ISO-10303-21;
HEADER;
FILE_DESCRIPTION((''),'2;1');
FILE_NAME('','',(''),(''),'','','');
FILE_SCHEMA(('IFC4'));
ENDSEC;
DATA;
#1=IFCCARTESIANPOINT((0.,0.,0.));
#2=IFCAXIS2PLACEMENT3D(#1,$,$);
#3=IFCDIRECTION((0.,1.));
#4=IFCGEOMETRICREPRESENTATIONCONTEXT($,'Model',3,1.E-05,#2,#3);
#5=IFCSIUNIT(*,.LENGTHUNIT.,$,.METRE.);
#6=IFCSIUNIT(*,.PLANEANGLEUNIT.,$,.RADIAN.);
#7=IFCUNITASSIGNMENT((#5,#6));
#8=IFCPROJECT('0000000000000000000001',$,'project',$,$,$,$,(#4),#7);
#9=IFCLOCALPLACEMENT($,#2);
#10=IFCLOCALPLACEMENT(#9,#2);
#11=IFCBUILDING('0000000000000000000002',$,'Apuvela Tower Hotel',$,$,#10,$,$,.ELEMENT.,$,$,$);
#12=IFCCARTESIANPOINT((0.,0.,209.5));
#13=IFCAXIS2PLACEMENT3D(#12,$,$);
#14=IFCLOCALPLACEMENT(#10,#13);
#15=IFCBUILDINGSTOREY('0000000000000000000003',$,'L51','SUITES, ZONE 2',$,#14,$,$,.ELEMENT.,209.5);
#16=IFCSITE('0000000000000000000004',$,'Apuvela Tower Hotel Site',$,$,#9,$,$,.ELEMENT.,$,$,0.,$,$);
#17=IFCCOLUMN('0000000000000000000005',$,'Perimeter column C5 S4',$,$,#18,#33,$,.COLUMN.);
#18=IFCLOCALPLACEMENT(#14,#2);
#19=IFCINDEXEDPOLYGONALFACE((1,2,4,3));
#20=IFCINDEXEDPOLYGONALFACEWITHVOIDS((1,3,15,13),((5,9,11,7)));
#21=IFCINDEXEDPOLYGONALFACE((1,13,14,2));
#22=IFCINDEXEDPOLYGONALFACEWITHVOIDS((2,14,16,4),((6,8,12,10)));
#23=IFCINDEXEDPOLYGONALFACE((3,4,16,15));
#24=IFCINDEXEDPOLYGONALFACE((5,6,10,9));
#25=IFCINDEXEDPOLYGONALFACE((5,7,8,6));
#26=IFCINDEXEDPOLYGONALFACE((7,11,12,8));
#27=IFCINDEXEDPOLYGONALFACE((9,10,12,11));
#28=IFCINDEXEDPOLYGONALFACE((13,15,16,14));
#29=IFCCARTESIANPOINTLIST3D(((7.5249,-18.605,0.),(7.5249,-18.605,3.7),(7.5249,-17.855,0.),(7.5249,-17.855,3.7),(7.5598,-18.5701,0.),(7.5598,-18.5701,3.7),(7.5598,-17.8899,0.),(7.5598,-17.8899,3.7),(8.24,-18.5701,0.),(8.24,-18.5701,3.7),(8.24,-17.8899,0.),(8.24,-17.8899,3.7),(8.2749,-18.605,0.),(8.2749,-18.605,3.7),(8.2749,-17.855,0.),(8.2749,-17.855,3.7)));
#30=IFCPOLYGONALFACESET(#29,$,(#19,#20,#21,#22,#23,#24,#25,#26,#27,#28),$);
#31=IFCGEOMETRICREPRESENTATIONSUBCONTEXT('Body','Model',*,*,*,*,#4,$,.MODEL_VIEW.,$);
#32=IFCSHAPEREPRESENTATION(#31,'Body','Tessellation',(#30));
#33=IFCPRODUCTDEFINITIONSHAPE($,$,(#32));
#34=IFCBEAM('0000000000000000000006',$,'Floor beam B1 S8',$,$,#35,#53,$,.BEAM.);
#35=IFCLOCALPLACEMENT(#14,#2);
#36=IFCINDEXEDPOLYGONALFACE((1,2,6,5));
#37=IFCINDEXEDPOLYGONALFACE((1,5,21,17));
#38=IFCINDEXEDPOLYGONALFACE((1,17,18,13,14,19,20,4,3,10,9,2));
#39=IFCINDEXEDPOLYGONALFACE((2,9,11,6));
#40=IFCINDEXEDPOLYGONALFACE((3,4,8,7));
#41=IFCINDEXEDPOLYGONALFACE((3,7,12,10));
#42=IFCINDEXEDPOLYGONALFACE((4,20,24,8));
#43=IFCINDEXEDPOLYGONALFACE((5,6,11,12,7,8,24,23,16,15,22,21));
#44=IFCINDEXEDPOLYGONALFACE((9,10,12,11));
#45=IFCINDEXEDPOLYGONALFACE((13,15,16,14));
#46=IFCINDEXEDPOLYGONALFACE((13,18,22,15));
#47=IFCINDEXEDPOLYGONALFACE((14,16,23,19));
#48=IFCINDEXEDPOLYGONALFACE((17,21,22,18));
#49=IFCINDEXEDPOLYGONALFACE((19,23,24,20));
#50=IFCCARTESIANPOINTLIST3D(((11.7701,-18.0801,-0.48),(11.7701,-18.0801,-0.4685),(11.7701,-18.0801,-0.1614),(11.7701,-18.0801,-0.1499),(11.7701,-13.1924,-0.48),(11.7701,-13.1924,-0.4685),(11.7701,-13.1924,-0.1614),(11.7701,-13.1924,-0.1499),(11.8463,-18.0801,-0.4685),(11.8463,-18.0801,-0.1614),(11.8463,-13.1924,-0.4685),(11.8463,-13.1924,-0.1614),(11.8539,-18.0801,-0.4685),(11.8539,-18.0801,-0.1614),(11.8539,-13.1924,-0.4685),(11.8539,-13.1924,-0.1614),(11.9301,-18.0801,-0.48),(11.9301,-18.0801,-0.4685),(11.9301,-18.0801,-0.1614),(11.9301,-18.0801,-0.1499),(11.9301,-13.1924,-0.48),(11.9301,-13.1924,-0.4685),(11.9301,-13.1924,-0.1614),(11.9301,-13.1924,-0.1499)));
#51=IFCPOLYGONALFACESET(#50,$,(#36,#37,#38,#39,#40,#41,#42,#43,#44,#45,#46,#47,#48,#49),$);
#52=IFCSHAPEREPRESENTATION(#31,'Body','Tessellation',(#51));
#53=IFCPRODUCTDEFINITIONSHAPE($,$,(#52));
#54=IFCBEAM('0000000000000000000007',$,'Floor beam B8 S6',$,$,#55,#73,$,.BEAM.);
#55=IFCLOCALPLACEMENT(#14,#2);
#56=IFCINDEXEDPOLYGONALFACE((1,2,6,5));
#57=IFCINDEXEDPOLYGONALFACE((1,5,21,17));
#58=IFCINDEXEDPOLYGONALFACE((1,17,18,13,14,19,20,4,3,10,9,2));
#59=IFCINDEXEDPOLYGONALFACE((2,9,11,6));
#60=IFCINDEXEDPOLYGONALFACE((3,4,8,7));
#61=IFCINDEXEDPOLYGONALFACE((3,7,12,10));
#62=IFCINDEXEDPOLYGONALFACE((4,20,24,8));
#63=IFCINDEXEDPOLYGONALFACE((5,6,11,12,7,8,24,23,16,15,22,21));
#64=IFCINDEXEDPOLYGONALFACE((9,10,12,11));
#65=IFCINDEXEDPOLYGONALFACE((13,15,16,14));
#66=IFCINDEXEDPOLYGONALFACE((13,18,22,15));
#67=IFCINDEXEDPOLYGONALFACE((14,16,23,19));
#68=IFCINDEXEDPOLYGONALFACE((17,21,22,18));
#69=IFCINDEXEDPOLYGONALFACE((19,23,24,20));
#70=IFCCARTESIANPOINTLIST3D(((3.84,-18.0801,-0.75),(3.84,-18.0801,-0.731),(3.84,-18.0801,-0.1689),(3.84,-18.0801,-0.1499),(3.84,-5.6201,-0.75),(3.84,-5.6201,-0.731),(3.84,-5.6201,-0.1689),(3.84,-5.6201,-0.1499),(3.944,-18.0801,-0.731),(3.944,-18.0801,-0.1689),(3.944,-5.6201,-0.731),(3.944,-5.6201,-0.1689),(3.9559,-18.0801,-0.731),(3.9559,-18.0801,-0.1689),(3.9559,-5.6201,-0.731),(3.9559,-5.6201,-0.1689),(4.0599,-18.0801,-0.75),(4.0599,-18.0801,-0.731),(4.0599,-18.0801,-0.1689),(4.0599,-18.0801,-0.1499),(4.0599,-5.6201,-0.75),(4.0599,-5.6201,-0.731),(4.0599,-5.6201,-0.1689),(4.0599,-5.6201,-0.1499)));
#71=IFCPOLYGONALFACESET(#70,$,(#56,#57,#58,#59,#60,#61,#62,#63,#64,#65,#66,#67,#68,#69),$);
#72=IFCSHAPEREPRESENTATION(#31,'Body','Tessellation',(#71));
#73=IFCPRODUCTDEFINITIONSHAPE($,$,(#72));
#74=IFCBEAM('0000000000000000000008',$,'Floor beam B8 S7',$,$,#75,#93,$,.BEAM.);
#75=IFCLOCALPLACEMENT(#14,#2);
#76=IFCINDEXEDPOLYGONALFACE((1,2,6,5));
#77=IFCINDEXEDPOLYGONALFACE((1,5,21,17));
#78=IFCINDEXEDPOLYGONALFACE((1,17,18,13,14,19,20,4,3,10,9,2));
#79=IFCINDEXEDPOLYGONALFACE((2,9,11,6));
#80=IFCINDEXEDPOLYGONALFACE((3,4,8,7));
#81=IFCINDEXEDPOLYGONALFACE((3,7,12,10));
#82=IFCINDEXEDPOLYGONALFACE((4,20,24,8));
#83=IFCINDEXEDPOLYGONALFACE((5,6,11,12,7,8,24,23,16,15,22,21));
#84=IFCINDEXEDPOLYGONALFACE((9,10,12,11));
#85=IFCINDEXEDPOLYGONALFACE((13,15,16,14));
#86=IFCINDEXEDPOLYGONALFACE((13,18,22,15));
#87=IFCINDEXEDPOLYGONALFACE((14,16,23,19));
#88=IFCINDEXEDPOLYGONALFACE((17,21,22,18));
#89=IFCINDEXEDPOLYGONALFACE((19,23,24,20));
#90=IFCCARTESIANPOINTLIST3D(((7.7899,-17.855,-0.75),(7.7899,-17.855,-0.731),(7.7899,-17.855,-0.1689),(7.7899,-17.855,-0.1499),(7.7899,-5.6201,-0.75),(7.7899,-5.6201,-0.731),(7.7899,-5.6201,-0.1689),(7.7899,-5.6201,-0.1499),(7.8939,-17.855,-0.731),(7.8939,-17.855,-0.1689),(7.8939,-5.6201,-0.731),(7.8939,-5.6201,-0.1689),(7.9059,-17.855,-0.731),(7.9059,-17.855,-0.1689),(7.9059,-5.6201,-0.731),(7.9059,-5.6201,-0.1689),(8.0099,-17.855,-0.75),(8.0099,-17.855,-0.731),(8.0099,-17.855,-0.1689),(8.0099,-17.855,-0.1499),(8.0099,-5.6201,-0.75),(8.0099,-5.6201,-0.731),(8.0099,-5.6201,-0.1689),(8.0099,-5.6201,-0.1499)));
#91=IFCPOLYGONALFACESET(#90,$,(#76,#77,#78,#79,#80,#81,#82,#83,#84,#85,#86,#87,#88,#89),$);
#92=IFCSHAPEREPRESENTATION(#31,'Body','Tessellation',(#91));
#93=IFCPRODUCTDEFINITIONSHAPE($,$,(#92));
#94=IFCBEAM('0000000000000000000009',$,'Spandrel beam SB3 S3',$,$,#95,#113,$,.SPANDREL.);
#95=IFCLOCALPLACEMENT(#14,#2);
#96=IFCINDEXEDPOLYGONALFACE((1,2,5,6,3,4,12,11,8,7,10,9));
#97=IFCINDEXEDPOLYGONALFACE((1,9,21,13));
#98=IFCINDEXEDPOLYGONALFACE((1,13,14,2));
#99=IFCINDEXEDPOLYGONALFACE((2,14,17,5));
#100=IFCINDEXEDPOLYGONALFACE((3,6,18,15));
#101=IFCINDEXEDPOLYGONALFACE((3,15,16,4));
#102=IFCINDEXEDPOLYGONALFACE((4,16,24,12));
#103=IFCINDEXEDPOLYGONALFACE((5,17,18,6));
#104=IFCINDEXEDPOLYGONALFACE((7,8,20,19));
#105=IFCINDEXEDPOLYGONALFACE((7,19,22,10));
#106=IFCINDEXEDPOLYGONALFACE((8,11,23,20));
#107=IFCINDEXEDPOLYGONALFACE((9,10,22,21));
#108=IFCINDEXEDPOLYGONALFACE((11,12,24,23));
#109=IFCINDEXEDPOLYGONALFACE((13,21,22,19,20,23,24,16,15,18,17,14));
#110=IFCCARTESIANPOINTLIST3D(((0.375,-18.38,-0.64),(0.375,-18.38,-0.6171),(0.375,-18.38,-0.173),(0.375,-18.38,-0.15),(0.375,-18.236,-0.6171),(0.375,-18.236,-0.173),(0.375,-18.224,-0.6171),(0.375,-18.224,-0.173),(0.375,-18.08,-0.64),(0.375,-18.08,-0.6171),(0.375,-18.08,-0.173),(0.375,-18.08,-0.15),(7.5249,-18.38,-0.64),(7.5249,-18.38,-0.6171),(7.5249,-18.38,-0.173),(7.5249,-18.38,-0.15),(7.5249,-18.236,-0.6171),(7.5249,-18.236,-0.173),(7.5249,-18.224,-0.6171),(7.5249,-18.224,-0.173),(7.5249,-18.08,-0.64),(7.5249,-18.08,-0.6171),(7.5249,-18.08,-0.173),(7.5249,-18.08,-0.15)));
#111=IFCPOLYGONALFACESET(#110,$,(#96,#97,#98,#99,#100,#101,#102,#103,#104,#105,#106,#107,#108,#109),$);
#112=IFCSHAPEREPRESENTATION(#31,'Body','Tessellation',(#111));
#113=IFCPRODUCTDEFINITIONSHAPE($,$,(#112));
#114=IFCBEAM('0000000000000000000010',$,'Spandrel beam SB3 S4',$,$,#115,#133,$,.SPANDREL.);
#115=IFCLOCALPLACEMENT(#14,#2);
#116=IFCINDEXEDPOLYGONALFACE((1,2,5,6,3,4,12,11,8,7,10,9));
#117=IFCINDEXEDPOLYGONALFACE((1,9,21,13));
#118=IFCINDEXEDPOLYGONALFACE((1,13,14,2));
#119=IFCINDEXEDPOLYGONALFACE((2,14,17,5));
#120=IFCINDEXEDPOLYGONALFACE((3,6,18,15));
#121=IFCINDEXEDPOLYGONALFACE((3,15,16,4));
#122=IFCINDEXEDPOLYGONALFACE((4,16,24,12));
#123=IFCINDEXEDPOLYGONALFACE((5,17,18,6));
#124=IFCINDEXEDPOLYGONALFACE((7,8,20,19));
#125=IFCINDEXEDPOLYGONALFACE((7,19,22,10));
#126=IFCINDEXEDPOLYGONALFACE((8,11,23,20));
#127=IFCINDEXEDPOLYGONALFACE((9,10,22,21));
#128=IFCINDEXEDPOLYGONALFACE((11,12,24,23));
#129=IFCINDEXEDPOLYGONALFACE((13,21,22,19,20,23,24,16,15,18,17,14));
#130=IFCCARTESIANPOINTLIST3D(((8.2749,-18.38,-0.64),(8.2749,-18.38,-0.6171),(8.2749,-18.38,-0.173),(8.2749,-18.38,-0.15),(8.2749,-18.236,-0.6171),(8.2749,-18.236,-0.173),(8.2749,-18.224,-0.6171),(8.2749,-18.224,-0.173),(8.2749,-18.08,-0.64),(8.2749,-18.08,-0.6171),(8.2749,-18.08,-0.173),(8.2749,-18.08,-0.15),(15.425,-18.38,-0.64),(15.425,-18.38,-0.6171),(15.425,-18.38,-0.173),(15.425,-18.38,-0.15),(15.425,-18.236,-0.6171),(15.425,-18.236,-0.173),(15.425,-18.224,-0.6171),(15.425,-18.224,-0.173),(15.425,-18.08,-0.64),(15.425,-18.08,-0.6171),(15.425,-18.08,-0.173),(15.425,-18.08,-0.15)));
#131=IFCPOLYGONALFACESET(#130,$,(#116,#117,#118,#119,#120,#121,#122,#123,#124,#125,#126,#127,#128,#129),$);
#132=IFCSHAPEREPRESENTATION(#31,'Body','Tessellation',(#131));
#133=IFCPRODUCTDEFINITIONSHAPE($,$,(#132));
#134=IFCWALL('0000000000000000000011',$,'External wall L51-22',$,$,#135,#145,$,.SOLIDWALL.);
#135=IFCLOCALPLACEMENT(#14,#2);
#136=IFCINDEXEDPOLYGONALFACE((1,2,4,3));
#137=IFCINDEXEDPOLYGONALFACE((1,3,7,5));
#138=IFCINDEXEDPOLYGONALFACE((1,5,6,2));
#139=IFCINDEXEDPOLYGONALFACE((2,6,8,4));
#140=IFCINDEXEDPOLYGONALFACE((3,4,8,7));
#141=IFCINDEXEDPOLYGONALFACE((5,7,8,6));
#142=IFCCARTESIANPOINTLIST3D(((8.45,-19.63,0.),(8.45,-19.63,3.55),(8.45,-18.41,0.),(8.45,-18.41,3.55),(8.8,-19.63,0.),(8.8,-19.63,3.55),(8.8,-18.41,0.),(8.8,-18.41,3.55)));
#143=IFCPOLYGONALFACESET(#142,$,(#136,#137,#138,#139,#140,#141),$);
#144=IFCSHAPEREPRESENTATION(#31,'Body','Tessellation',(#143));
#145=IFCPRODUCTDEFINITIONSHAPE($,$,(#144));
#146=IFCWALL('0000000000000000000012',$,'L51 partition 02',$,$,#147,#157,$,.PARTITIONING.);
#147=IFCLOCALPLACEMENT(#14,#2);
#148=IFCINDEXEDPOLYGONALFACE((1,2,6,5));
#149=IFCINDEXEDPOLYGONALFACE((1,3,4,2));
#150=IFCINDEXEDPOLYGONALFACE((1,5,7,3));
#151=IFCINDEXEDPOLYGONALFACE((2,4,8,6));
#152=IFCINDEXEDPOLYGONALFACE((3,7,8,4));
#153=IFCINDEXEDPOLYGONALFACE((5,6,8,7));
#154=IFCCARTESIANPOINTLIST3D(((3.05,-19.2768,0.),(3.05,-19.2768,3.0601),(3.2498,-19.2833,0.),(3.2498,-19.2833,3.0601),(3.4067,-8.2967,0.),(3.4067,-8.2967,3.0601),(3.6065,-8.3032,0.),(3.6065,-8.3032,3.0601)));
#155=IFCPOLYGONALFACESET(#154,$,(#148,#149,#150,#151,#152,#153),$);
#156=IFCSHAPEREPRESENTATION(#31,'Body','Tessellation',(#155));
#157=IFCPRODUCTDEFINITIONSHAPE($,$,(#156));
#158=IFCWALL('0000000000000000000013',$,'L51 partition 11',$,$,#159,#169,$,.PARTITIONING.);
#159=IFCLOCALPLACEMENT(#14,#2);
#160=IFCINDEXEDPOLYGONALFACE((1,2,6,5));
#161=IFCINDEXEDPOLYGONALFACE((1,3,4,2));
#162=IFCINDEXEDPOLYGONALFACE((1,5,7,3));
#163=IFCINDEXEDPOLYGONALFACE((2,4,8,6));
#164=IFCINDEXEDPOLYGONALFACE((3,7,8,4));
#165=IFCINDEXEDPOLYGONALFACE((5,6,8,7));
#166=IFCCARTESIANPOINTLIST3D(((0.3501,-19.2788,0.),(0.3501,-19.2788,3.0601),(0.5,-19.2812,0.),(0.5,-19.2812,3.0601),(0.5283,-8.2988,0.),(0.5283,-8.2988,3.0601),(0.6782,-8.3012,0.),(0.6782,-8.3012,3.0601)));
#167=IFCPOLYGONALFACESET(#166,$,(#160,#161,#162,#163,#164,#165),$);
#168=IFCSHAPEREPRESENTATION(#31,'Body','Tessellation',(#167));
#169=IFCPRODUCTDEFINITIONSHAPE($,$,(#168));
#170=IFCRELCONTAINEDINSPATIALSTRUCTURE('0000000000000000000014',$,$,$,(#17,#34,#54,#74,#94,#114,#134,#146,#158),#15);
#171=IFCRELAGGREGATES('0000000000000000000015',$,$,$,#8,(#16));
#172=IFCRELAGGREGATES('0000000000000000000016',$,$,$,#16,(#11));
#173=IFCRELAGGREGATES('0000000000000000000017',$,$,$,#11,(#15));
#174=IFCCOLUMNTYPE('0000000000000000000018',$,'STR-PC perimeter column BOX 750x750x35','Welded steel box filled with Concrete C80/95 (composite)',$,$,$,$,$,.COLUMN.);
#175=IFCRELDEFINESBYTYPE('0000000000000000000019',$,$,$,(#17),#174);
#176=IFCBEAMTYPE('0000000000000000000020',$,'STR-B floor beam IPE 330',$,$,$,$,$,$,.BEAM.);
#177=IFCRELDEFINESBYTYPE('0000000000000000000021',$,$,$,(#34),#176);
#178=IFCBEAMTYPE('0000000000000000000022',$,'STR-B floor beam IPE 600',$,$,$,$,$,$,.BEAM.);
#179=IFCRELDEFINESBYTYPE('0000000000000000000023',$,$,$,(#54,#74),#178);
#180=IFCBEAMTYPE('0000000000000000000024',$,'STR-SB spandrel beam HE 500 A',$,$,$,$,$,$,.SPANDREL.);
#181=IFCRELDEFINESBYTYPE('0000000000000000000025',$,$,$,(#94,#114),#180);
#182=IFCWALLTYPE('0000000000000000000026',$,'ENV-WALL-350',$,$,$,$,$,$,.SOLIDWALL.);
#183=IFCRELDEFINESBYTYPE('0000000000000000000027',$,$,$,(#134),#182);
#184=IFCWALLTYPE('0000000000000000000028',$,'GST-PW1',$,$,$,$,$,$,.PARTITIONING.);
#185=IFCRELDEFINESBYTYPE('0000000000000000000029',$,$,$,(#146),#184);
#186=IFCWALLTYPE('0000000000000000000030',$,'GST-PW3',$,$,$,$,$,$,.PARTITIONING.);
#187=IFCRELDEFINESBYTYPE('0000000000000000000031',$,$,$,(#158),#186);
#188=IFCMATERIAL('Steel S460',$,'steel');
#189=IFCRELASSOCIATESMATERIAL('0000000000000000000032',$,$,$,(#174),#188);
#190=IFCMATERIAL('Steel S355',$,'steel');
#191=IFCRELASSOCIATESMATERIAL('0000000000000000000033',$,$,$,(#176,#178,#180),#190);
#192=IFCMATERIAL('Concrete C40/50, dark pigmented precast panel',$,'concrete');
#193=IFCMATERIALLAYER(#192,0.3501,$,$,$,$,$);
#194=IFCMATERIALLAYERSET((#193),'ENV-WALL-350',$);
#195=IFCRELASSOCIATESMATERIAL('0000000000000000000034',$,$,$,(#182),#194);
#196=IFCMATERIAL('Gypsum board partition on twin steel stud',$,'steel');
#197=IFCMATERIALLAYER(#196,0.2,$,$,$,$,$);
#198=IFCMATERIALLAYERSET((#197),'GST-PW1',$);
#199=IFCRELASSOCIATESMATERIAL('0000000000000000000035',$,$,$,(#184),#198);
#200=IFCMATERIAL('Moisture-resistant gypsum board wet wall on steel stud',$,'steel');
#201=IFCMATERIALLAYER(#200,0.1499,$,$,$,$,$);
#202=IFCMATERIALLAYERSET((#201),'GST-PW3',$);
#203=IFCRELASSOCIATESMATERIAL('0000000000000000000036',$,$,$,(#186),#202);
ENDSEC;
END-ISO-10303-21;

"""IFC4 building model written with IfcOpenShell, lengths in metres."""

from ifc_helpers import new_model, si_unit, direction, frame, frame_2d, origin, origin_2d, place, context, subcontext, project, spatial, rectangle, hollow_rectangle, i_section, extrude, material, layer, layer_set, material_profile, profile_set, type_object, element, save


model = new_model("IFC4")

# Units and contexts
model_context = context("Model", 3, precision=1e-05, world=origin(), true_north=direction((0.0, 1.0)))
body_context = subcontext(model_context, "Body", "Model", "MODEL_VIEW")
ifc_project = project(units=[si_unit("LENGTHUNIT", "METRE"), si_unit("PLANEANGLEUNIT", "RADIAN")], contexts=[model_context])

# Site, building, storey
site_placement = place(None, origin())
site = spatial("IfcSite", under=ifc_project, at=site_placement, Name="Apuvela Tower Hotel Site", CompositionType="ELEMENT", RefElevation=0.0)
building_placement = place(site_placement, origin())
building = spatial("IfcBuilding", under=site, at=building_placement, Name="Apuvela Tower Hotel", CompositionType="ELEMENT")
storey_placement = place(building_placement, frame((0.0, 0.0, 209.5)))
storey = spatial("IfcBuildingStorey", under=building, at=storey_placement, Name="L51", Description="SUITES, ZONE 2", CompositionType="ELEMENT", Elevation=209.5)

# Column
ifc_material_1 = material(Name="Steel S460", Category="steel")
ifc_material_profile_1 = material_profile(ifc_material_1, hollow_rectangle(XDim=0.75, YDim=0.75, WallThickness=0.0349, at=origin_2d()), Name="BOX 750x750x35")
ifc_material_2 = material(Name="Concrete C80/95", Category="concrete")
ifc_material_profile_2 = material_profile(ifc_material_2, rectangle(XDim=0.6799, YDim=0.6799, at=origin_2d()), Name="Concrete C80/95 infill")
ifc_profile_set_1 = profile_set([ifc_material_profile_1, ifc_material_profile_2], Name="Steel S460")
column_type = type_object("IfcColumnType", Name="STR-PC perimeter column BOX 750x750x35", Description="Welded steel box filled with Concrete C80/95 (composite)", PredefinedType="COLUMN", material=ifc_profile_set_1)
column_placement = place(storey_placement, frame((7.8999, -18.23, 0.0), z_axis=(0.0, 0.0, 1.0), x_axis=(-1.0, 0.0, 0.0)))
element("IfcColumn", 1, at=column_placement, inside=storey, type_object=column_type, Name="Perimeter column C5 S4", PredefinedType="COLUMN", context=body_context, shape_type="SweptSolid", body=[
    extrude(hollow_rectangle(XDim=0.75, YDim=0.75, WallThickness=0.0349, at=origin_2d()), origin(), (0.0, 0.0, 1.0), 3.7),
])

# Beams
ifc_material_3 = material(Name="Steel S355", Category="steel")
ifc_material_profile_3 = material_profile(ifc_material_3, i_section(OverallWidth=0.1599, OverallDepth=0.3301, WebThickness=0.0076, FlangeThickness=0.0115, at=origin_2d()), Name="IPE 330")
ifc_profile_set_2 = profile_set([ifc_material_profile_3], Name="Steel S355")
beam_type_1 = type_object("IfcBeamType", Name="STR-B floor beam IPE 330", PredefinedType="BEAM", material=ifc_profile_set_2)
beam_1_placement = place(storey_placement, frame((11.8501, -18.0801, -0.3149), z_axis=(0.0, 1.0, 0.0), x_axis=(-1.0, 0.0, 0.0)))
element("IfcBeam", 2, at=beam_1_placement, inside=storey, type_object=beam_type_1, Name="Floor beam B1 S8", PredefinedType="BEAM", context=body_context, shape_type="SweptSolid", body=[
    extrude(i_section(OverallWidth=0.1599, OverallDepth=0.3301, WebThickness=0.0076, FlangeThickness=0.0115, at=origin_2d()), origin(), (0.0, 0.0, 1.0), 4.8877),
])
ifc_material_profile_4 = material_profile(ifc_material_3, i_section(OverallWidth=0.22, OverallDepth=0.6001, WebThickness=0.012, FlangeThickness=0.019, at=origin_2d()), Name="IPE 600")
ifc_profile_set_3 = profile_set([ifc_material_profile_4], Name="Steel S355")
beam_type_2 = type_object("IfcBeamType", Name="STR-B floor beam IPE 600", PredefinedType="BEAM", material=ifc_profile_set_3)
beam_2_placement = place(storey_placement, frame((3.95, -18.0801, -0.45), z_axis=(0.0, 1.0, 0.0), x_axis=(-1.0, 0.0, 0.0)))
element("IfcBeam", 3, at=beam_2_placement, inside=storey, type_object=beam_type_2, Name="Floor beam B8 S6", PredefinedType="BEAM", context=body_context, shape_type="SweptSolid", body=[
    extrude(i_section(OverallWidth=0.22, OverallDepth=0.6001, WebThickness=0.012, FlangeThickness=0.019, at=origin_2d()), origin(), (0.0, 0.0, 1.0), 12.46),
])
beam_3_placement = place(storey_placement, frame((7.8999, -17.855, -0.45), z_axis=(0.0, 1.0, 0.0), x_axis=(-1.0, 0.0, 0.0)))
element("IfcBeam", 4, at=beam_3_placement, inside=storey, type_object=beam_type_2, Name="Floor beam B8 S7", PredefinedType="BEAM", context=body_context, shape_type="SweptSolid", body=[
    extrude(i_section(OverallWidth=0.22, OverallDepth=0.6001, WebThickness=0.012, FlangeThickness=0.019, at=origin_2d()), origin(), (0.0, 0.0, 1.0), 12.2349),
])
ifc_material_profile_5 = material_profile(ifc_material_3, i_section(OverallWidth=0.3, OverallDepth=0.49, WebThickness=0.012, FlangeThickness=0.0229, at=origin_2d()), Name="HE 500 A")
ifc_profile_set_4 = profile_set([ifc_material_profile_5], Name="Steel S355")
beam_type_3 = type_object("IfcBeamType", Name="STR-SB spandrel beam HE 500 A", PredefinedType="SPANDREL", material=ifc_profile_set_4)
beam_4_placement = place(storey_placement, frame((0.375, -18.23, -0.395), z_axis=(1.0, 0.0, 0.0), x_axis=(0.0, 1.0, 0.0)))
element("IfcBeam", 5, at=beam_4_placement, inside=storey, type_object=beam_type_3, Name="Spandrel beam SB3 S3", PredefinedType="SPANDREL", context=body_context, shape_type="SweptSolid", body=[
    extrude(i_section(OverallWidth=0.3, OverallDepth=0.49, WebThickness=0.012, FlangeThickness=0.0229, at=origin_2d()), origin(), (0.0, 0.0, 1.0), 7.1499),
])
beam_5_placement = place(storey_placement, frame((8.2749, -18.23, -0.395), z_axis=(1.0, 0.0, 0.0), x_axis=(0.0, 1.0, 0.0)))
element("IfcBeam", 6, at=beam_5_placement, inside=storey, type_object=beam_type_3, Name="Spandrel beam SB3 S4", PredefinedType="SPANDREL", context=body_context, shape_type="SweptSolid", body=[
    extrude(i_section(OverallWidth=0.3, OverallDepth=0.49, WebThickness=0.012, FlangeThickness=0.0229, at=origin_2d()), origin(), (0.0, 0.0, 1.0), 7.1501),
])

# Wall
ifc_material_4 = material(Name="Concrete C40/50, dark pigmented precast panel", Category="concrete")
ifc_layer_1 = layer(ifc_material_4, 0.3501)
ifc_layer_set_1 = layer_set([ifc_layer_1], Name="ENV-WALL-350")
wall_type_1 = type_object("IfcWallType", Name="ENV-WALL-350", PredefinedType="SOLIDWALL", material=ifc_layer_set_1)
wall_1_placement = place(storey_placement, frame((8.625, -19.6299, 0.0), z_axis=(0.0, 0.0, 1.0), x_axis=(0.0, 1.0, 0.0)))
element("IfcWall", 7, at=wall_1_placement, inside=storey, type_object=wall_type_1, Name="External wall L51-22", PredefinedType="SOLIDWALL", context=body_context, shape_type="SweptSolid", body=[
    extrude(rectangle(XDim=1.22, YDim=0.3501, at=frame_2d((0.6099, 0.0))), origin(), (0.0, 0.0, 1.0), 3.55),
])

# Walls
ifc_material_5 = material(Name="Gypsum board partition on twin steel stud", Category="steel")
ifc_layer_2 = layer(ifc_material_5, 0.2)
ifc_layer_set_2 = layer_set([ifc_layer_2], Name="GST-PW1")
wall_type_2 = type_object("IfcWallType", Name="GST-PW1", PredefinedType="PARTITIONING", material=ifc_layer_set_2)
wall_2_placement = place(storey_placement, frame((3.1499, -19.28, 0.0), z_axis=(0.0, 0.0, 1.0), x_axis=(0.032468, 0.999473, 0.0)))
element("IfcWall", 8, at=wall_2_placement, inside=storey, type_object=wall_type_2, Name="L51 partition 02", PredefinedType="PARTITIONING", context=body_context, shape_type="SweptSolid", body=[
    extrude(rectangle(XDim=10.9858, YDim=0.2, at=frame_2d((5.4929, 0.0))), origin(), (0.0, 0.0, 1.0), 3.0601),
])
ifc_material_6 = material(Name="Moisture-resistant gypsum board wet wall on steel stud", Category="steel")
ifc_layer_3 = layer(ifc_material_6, 0.1499)
ifc_layer_set_3 = layer_set([ifc_layer_3], Name="GST-PW3")
wall_type_3 = type_object("IfcWallType", Name="GST-PW3", PredefinedType="PARTITIONING", material=ifc_layer_set_3)
wall_3_placement = place(storey_placement, frame((0.425, -19.28, 0.0), z_axis=(0.0, 0.0, 1.0), x_axis=(0.016229, 0.999868, 0.0)))
element("IfcWall", 9, at=wall_3_placement, inside=storey, type_object=wall_type_3, Name="L51 partition 11", PredefinedType="PARTITIONING", context=body_context, shape_type="SweptSolid", body=[
    extrude(rectangle(XDim=10.9814, YDim=0.1499, at=frame_2d((5.4907, 0.0))), origin(), (0.0, 0.0, 1.0), 3.0601),
])

save(model, "model.ifc")
